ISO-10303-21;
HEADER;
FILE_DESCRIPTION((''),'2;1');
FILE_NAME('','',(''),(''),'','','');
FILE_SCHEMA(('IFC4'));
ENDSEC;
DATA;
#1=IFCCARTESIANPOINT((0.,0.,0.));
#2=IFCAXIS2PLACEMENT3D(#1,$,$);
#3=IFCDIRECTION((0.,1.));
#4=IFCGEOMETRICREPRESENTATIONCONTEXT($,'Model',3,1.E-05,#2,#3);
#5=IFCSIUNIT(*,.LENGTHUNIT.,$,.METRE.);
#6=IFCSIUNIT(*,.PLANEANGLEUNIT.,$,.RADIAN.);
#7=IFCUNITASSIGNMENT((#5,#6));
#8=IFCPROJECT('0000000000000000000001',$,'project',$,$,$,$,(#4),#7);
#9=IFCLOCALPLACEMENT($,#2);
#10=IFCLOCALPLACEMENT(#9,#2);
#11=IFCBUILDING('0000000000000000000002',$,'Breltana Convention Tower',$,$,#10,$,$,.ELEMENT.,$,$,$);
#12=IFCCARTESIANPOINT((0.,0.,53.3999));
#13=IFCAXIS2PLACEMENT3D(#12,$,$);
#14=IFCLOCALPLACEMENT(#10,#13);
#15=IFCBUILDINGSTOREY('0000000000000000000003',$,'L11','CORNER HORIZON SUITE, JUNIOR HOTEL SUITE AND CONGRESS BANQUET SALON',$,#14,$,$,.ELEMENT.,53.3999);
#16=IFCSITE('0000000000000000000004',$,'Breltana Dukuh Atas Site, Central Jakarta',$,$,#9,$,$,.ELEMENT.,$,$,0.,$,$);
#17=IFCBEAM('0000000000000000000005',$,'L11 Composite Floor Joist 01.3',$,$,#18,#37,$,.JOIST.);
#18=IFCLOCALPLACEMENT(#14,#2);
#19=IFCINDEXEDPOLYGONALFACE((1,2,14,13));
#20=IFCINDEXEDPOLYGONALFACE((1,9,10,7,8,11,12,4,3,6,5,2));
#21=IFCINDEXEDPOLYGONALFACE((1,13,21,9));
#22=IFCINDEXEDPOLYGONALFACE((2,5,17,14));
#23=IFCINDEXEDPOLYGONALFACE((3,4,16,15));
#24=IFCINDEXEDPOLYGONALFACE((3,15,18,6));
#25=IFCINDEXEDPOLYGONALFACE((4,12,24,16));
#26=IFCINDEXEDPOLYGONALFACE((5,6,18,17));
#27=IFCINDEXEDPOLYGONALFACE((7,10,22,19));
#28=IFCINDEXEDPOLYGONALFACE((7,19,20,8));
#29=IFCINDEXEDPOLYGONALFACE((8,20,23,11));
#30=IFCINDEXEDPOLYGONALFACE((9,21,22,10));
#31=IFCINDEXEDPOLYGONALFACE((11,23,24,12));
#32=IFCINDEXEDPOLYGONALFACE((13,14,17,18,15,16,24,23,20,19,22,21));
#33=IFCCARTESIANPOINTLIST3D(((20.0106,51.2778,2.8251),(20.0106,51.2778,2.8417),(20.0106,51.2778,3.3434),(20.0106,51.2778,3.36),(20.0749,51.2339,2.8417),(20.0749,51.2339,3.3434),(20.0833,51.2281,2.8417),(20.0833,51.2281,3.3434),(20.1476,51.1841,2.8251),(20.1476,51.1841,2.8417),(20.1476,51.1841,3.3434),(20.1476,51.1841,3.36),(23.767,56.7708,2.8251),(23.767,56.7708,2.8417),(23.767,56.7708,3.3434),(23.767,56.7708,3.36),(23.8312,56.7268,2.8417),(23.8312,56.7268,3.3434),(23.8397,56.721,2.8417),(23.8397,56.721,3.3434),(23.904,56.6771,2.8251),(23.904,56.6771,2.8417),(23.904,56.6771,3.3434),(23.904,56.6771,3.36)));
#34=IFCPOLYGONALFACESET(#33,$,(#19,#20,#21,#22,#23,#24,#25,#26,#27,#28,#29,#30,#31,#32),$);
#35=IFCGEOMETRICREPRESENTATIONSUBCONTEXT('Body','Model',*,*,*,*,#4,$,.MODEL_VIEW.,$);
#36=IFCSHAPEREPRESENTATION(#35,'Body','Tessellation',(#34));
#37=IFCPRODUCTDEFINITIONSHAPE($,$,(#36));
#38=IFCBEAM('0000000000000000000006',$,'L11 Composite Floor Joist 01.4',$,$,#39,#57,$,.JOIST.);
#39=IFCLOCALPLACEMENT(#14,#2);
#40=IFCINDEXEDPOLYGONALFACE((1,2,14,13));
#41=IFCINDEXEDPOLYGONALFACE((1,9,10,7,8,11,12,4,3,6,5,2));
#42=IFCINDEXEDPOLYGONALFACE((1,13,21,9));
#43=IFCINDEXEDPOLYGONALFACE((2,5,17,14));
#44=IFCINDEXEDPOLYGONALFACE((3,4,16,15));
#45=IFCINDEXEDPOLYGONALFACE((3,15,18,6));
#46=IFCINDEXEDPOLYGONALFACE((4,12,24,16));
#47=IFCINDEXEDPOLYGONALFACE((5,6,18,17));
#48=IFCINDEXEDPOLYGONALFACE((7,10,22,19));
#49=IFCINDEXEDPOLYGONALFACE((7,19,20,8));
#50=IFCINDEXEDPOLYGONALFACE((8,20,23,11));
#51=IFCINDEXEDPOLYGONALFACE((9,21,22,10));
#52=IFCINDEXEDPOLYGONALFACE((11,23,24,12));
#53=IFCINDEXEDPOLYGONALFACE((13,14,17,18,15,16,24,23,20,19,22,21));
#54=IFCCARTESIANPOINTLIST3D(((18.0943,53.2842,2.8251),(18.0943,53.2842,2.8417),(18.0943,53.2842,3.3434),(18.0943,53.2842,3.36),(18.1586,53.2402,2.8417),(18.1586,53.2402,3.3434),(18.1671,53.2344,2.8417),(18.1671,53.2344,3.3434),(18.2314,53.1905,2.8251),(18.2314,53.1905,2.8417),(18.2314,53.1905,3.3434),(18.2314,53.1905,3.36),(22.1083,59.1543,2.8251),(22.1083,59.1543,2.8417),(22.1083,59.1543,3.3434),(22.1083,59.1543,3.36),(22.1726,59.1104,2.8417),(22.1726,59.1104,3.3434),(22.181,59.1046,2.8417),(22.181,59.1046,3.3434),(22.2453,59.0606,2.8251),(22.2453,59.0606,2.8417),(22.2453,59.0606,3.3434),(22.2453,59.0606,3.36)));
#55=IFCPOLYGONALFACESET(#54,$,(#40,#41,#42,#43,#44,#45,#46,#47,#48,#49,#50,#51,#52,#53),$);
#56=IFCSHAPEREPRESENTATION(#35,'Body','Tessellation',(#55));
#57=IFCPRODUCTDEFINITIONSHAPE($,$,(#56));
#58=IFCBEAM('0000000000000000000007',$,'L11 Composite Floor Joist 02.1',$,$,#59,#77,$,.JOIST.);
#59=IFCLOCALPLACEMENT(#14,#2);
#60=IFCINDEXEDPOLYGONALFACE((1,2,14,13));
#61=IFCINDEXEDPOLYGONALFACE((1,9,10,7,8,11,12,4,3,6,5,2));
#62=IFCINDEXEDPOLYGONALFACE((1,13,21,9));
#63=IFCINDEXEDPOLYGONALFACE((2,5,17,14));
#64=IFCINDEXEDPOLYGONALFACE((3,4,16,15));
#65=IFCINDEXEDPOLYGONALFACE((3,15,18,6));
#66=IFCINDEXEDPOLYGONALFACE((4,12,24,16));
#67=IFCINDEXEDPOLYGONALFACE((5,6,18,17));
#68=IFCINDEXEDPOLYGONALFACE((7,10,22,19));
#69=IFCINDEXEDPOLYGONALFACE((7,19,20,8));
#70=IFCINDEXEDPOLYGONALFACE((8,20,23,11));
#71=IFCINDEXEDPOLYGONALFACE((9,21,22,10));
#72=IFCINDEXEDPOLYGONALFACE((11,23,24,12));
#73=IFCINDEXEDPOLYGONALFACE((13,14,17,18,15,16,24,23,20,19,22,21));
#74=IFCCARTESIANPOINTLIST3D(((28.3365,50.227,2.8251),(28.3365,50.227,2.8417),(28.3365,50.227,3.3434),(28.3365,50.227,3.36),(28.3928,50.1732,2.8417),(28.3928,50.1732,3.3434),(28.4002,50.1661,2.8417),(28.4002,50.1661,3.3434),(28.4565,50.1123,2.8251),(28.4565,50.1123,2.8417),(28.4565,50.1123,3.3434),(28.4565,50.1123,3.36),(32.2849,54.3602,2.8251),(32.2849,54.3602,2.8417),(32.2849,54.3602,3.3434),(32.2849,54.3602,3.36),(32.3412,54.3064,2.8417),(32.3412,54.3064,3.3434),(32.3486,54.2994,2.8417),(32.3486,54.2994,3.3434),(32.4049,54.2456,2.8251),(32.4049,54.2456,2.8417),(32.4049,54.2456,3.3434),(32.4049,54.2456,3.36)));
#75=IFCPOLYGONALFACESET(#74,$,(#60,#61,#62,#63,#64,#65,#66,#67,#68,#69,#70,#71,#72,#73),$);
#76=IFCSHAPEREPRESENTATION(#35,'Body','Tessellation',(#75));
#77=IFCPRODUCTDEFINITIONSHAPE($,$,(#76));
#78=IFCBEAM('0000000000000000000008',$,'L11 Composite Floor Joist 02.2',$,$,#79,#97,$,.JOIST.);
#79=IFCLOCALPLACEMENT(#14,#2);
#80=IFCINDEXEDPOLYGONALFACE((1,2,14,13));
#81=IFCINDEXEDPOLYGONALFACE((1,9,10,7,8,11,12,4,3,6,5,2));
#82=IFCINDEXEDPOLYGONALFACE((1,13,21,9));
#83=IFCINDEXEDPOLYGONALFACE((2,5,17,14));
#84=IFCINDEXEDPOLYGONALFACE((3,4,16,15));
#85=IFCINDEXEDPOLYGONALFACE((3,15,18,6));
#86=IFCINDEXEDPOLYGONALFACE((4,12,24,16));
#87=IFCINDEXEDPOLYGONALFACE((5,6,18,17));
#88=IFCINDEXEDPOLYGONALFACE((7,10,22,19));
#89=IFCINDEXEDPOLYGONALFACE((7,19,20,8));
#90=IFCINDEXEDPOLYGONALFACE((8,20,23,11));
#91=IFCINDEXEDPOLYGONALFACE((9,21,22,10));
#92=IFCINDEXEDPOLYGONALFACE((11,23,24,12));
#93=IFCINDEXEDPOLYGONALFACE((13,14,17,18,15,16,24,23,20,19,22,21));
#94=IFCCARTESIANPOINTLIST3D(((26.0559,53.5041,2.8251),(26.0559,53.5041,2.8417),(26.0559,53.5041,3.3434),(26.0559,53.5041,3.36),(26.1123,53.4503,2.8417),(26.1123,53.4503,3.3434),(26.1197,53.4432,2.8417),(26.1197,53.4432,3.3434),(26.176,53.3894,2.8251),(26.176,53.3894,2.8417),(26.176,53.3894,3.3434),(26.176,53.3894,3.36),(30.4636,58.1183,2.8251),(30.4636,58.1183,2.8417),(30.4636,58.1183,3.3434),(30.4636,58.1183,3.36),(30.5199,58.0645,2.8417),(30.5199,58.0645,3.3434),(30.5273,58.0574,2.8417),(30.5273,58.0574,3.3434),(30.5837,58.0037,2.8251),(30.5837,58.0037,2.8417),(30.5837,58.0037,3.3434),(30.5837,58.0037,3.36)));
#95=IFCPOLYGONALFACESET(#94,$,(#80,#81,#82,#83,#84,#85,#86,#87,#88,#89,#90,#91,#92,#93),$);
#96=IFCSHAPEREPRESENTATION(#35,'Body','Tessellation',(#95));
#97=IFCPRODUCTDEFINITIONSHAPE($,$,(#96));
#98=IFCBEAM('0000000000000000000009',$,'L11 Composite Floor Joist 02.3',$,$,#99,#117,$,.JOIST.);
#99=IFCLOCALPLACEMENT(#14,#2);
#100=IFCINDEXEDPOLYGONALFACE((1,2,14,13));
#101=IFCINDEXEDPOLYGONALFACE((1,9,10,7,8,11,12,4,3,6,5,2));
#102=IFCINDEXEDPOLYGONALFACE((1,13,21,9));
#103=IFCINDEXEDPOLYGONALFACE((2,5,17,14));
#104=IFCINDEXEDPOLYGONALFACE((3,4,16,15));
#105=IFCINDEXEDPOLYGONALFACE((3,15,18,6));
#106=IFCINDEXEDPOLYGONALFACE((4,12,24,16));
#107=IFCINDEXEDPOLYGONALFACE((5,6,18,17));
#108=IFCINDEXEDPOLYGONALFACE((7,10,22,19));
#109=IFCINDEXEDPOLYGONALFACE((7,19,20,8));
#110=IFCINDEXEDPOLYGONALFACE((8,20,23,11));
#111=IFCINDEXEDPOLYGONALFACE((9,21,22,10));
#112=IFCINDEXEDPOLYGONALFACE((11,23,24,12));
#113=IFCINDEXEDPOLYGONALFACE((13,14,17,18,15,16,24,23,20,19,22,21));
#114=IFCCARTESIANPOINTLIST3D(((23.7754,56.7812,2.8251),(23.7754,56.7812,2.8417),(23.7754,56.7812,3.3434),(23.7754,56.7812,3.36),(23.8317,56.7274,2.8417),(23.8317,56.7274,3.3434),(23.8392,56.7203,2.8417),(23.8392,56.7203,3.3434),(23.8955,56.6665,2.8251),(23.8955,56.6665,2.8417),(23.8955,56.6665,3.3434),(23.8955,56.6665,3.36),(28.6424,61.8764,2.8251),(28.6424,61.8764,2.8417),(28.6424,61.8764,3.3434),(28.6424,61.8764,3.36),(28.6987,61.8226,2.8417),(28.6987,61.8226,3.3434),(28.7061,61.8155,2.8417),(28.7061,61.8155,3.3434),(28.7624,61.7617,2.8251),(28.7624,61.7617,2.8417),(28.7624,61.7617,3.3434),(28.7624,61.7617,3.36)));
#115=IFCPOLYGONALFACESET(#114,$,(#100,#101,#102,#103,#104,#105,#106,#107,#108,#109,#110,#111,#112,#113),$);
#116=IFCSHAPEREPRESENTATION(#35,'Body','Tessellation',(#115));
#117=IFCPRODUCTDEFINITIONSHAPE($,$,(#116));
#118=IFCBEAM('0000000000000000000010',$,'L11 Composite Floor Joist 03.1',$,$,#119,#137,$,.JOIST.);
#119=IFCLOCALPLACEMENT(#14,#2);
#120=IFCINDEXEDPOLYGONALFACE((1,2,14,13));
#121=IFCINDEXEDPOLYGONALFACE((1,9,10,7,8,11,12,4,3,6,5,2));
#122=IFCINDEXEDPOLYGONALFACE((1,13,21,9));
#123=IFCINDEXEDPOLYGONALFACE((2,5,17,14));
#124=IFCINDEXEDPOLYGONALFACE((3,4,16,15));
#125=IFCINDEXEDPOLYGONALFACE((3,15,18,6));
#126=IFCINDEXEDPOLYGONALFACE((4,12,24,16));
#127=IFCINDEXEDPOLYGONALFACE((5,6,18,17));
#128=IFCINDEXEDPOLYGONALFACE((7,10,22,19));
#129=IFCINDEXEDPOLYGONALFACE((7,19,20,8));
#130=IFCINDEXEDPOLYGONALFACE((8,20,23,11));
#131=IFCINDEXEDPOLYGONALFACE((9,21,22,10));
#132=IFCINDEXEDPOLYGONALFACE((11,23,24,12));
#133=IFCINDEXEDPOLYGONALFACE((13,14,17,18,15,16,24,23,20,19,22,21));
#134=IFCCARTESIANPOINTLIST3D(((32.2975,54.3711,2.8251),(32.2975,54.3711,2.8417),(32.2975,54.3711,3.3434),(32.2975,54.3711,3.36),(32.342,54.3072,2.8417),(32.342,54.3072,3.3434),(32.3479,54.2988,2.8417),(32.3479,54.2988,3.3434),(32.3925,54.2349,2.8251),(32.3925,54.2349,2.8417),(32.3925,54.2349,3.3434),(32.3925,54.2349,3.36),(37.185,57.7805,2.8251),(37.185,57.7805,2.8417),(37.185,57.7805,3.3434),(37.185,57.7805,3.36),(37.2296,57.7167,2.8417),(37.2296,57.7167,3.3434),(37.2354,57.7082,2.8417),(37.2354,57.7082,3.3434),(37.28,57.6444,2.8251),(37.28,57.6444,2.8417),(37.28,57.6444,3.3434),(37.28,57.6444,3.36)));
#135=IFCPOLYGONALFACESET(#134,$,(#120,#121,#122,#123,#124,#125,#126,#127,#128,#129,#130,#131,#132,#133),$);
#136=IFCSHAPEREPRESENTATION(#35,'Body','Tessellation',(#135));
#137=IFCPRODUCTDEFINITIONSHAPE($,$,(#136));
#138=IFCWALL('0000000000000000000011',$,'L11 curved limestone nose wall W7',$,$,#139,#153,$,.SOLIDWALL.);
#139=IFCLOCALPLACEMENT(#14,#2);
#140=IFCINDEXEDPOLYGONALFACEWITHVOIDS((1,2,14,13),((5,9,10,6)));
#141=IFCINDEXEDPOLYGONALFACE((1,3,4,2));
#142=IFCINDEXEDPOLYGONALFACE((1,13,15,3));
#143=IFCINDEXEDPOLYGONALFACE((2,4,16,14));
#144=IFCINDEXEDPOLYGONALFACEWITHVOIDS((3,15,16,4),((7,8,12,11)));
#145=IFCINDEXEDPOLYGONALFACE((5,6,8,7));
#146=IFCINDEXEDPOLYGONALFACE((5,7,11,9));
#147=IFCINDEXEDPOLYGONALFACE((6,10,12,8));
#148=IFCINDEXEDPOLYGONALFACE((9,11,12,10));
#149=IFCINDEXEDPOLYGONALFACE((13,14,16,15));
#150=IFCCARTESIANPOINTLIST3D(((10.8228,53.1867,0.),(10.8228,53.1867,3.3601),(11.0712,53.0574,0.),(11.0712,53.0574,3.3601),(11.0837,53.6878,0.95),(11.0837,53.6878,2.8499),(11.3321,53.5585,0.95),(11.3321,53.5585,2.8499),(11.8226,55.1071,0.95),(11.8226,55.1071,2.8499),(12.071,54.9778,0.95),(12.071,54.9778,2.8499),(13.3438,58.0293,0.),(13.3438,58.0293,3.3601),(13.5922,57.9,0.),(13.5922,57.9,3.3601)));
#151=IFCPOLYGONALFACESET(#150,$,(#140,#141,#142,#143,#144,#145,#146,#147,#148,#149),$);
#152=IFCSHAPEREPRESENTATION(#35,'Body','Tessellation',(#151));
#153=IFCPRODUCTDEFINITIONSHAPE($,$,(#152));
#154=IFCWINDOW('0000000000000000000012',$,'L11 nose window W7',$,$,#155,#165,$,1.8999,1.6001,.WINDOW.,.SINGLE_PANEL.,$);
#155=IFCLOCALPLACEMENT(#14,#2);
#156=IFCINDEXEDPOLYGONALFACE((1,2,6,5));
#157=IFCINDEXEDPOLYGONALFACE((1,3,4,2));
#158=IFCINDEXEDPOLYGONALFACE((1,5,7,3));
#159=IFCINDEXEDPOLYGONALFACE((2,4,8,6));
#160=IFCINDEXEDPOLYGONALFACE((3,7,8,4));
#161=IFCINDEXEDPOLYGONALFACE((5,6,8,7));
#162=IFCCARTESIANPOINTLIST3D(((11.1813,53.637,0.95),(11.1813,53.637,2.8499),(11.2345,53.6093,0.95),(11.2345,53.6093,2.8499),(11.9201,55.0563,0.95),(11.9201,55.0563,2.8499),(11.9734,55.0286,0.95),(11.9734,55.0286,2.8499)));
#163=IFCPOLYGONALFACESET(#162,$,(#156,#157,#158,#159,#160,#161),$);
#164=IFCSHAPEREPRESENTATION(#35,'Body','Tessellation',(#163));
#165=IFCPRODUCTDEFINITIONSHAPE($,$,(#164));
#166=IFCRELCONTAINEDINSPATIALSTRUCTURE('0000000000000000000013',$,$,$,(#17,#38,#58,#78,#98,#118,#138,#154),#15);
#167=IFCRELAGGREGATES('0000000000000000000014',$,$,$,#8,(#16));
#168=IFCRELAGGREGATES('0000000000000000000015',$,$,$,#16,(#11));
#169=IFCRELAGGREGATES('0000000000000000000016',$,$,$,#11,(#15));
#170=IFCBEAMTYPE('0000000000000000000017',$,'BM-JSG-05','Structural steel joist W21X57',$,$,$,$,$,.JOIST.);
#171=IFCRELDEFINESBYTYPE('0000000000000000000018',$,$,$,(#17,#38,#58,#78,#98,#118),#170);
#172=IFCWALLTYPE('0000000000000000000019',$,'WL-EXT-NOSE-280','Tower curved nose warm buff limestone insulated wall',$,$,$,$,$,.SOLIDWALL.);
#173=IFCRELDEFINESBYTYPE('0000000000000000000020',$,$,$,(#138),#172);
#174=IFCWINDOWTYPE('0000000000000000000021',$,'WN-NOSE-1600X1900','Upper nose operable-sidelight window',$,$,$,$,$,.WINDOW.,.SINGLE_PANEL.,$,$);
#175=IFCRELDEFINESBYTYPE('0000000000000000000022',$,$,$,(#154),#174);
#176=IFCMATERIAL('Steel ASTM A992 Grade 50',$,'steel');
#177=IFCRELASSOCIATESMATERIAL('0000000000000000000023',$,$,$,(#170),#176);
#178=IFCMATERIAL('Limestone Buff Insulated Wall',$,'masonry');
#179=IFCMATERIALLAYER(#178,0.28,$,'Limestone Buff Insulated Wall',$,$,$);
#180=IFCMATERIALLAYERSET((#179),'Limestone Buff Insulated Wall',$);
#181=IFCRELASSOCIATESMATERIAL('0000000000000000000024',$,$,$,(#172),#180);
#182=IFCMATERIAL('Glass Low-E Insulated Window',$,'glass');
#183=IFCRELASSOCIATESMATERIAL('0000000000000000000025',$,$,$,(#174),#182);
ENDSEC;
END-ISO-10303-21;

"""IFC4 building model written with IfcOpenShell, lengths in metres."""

from ifc_helpers import new_model, si_unit, direction, frame, frame_2d, origin, origin_2d, place, context, subcontext, project, spatial, rectangle, i_section, extrude, source, transform, mapped, material, layer, layer_set, material_profile, profile_set, type_object, type_shapes, element, fill, save


model = new_model("IFC4")

# Units and contexts
model_context = context("Model", 3, precision=1e-05, world=origin(), true_north=direction((0.0, 1.0)))
body_context = subcontext(model_context, "Body", "Model", "MODEL_VIEW")
ifc_project = project(units=[si_unit("LENGTHUNIT", "METRE"), si_unit("PLANEANGLEUNIT", "RADIAN")], contexts=[model_context])

# Site, building, storey
site_placement = place(None, origin())
site = spatial("IfcSite", under=ifc_project, at=site_placement, Name="Breltana Dukuh Atas Site, Central Jakarta", CompositionType="ELEMENT", RefElevation=0.0)
building_placement = place(site_placement, origin())
building = spatial("IfcBuilding", under=site, at=building_placement, Name="Breltana Convention Tower", CompositionType="ELEMENT")
storey_placement = place(building_placement, frame((0.0, 0.0, 53.3999)))
storey = spatial("IfcBuildingStorey", under=building, at=storey_placement, Name="L11", Description="CORNER HORIZON SUITE, JUNIOR HOTEL SUITE AND CONGRESS BANQUET SALON", CompositionType="ELEMENT", Elevation=53.3999)

# Beams
ifc_material_1 = material(Name="Steel ASTM A992 Grade 50", Category="steel")
ifc_material_profile_1 = material_profile(ifc_material_1, i_section(OverallWidth=0.166, OverallDepth=0.5349, WebThickness=0.0103, FlangeThickness=0.0166, at=origin_2d()), Name="W21X57")
ifc_profile_set_1 = profile_set([ifc_material_profile_1], Name="Steel ASTM A992 Grade 50")
beam_type_1 = type_object("IfcBeamType", Name="BM-JSG-05", Description="Structural steel joist W21X57", PredefinedType="JOIST", material=ifc_profile_set_1)
shared_shape_1 = source(origin(), body_context, "Body", "SweptSolid", [
    extrude(i_section(OverallWidth=0.166, OverallDepth=0.5349, WebThickness=0.0103, FlangeThickness=0.0166, at=origin_2d()), origin(), (0.0, 0.0, 1.0), 6.6545),
])
beam_1_placement = place(storey_placement, frame((20.0791, 51.231, 3.0925), z_axis=(0.564483, 0.825445, 0.0), x_axis=(-0.825445, 0.564483, 0.0)))
element("IfcBeam", 1, at=beam_1_placement, inside=storey, type_object=beam_type_1, Name="L11 Composite Floor Joist 01.3", PredefinedType="JOIST", context=body_context, shape_type="MappedRepresentation", body=[
    mapped(shared_shape_1, transform((0.0, 0.0, 0.0), scale=1.0)),
])
shared_shape_2 = source(origin(), body_context, "Body", "SweptSolid", [
    extrude(i_section(OverallWidth=0.166, OverallDepth=0.5349, WebThickness=0.0103, FlangeThickness=0.0166, at=origin_2d()), origin(), (0.0, 0.0, 1.0), 7.1113),
])
beam_2_placement = place(storey_placement, frame((18.1628, 53.2373, 3.0925), z_axis=(0.564446, 0.82547, 0.0), x_axis=(-0.82547, 0.564446, 0.0)))
element("IfcBeam", 2, at=beam_2_placement, inside=storey, type_object=beam_type_1, Name="L11 Composite Floor Joist 01.4", PredefinedType="JOIST", context=body_context, shape_type="MappedRepresentation", body=[
    mapped(shared_shape_2, transform((0.0, 0.0, 0.0), scale=1.0)),
])
shared_shape_3 = source(origin(), body_context, "Body", "SweptSolid", [
    extrude(i_section(OverallWidth=0.166, OverallDepth=0.5349, WebThickness=0.0103, FlangeThickness=0.0166, at=origin_2d()), origin(), (0.0, 0.0, 1.0), 5.7161),
])
beam_3_placement = place(storey_placement, frame((28.3965, 50.1697, 3.0925), z_axis=(0.690756, 0.723088, 0.0), x_axis=(-0.723088, 0.690756, 0.0)))
element("IfcBeam", 3, at=beam_3_placement, inside=storey, type_object=beam_type_1, Name="L11 Composite Floor Joist 02.1", PredefinedType="JOIST", context=body_context, shape_type="MappedRepresentation", body=[
    mapped(shared_shape_3, transform((0.0, 0.0, 0.0), scale=1.0)),
])
shared_shape_4 = source(origin(), body_context, "Body", "SweptSolid", [
    extrude(i_section(OverallWidth=0.166, OverallDepth=0.5349, WebThickness=0.0103, FlangeThickness=0.0166, at=origin_2d()), origin(), (0.0, 0.0, 1.0), 6.3811),
])
beam_4_placement = place(storey_placement, frame((26.116, 53.4468, 3.0925), z_axis=(0.690738, 0.723105, 0.0), x_axis=(-0.723105, 0.690738, 0.0)))
element("IfcBeam", 4, at=beam_4_placement, inside=storey, type_object=beam_type_1, Name="L11 Composite Floor Joist 02.2", PredefinedType="JOIST", context=body_context, shape_type="MappedRepresentation", body=[
    mapped(shared_shape_4, transform((0.0, 0.0, 0.0), scale=1.0)),
])
shared_shape_5 = source(origin(), body_context, "Body", "SweptSolid", [
    extrude(i_section(OverallWidth=0.166, OverallDepth=0.5349, WebThickness=0.0103, FlangeThickness=0.0166, at=origin_2d()), origin(), (0.0, 0.0, 1.0), 7.0461),
])
beam_5_placement = place(storey_placement, frame((23.8354, 56.7239, 3.0925), z_axis=(0.690723, 0.72312, 0.0), x_axis=(-0.72312, 0.690723, 0.0)))
element("IfcBeam", 5, at=beam_5_placement, inside=storey, type_object=beam_type_1, Name="L11 Composite Floor Joist 02.3", PredefinedType="JOIST", context=body_context, shape_type="MappedRepresentation", body=[
    mapped(shared_shape_5, transform((0.0, 0.0, 0.0), scale=1.0)),
])
shared_shape_6 = source(origin(), body_context, "Body", "SweptSolid", [
    extrude(i_section(OverallWidth=0.166, OverallDepth=0.5349, WebThickness=0.0103, FlangeThickness=0.0166, at=origin_2d()), origin(), (0.0, 0.0, 1.0), 5.9592),
])
beam_6_placement = place(storey_placement, frame((32.345, 54.303, 3.0925), z_axis=(0.82016, 0.572134, 0.0), x_axis=(-0.572134, 0.82016, 0.0)))
element("IfcBeam", 6, at=beam_6_placement, inside=storey, type_object=beam_type_1, Name="L11 Composite Floor Joist 03.1", PredefinedType="JOIST", context=body_context, shape_type="MappedRepresentation", body=[
    mapped(shared_shape_6, transform((0.0, 0.0, 0.0), scale=1.0)),
])

# Wall, opening, window
ifc_material_2 = material(Name="Limestone Buff Insulated Wall", Category="masonry")
ifc_layer_1 = layer(ifc_material_2, 0.28, Name="Limestone Buff Insulated Wall")
ifc_layer_set_1 = layer_set([ifc_layer_1], Name="Limestone Buff Insulated Wall")
wall_type_1 = type_object("IfcWallType", Name="WL-EXT-NOSE-280", Description="Tower curved nose warm buff limestone insulated wall", PredefinedType="SOLIDWALL", material=ifc_layer_set_1)
shared_shape_7 = source(origin(), body_context, "Body", "SweptSolid", [
    extrude(rectangle(XDim=5.4595, YDim=0.28, at=frame_2d((2.7297, 0.0))), origin(), (0.0, 0.0, 1.0), 3.3601),
])
wall_1_placement = place(storey_placement, frame((10.947, 53.1221, 0.0), z_axis=(0.0, 0.0, 1.0), x_axis=(0.461768, 0.887001, 0.0)))
wall_1 = element("IfcWall", 7, at=wall_1_placement, inside=storey, type_object=wall_type_1, Name="L11 curved limestone nose wall W7", PredefinedType="SOLIDWALL", context=body_context, shape_type="MappedRepresentation", body=[
    mapped(shared_shape_7, transform((0.0, 0.0, 0.0), scale=1.0)),
])
opening_1_placement = place(wall_1_placement, frame((0.5649, 0.0, 0.95)))
opening_1 = element("IfcOpeningElement", 8, at=opening_1_placement, cuts=wall_1, PredefinedType="OPENING", context=body_context, shape_type="SweptSolid", body=[
    extrude(rectangle(XDim=1.6001, YDim=1.8999, at=frame_2d((0.8, 0.95))), frame((0.0, 0.1499, 0.0), z_axis=(0.0, -1.0, 0.0), x_axis=(1.0, 0.0, 0.0)), (0.0, 0.0, 1.0), 0.3),
])
ifc_material_3 = material(Name="Glass Low-E Insulated Window", Category="glass")
window_type = type_object("IfcWindowType", Name="WN-NOSE-1600X1900", Description="Upper nose operable-sidelight window", PartitioningType="SINGLE_PANEL", PredefinedType="WINDOW", material=ifc_material_3)
shared_shape_8 = source(origin(), body_context, "Body", "SweptSolid", [
    extrude(rectangle(XDim=1.6001, YDim=1.8999, at=frame_2d((0.8, 0.95))), frame((0.0, 0.03, 0.0), z_axis=(0.0, -1.0, 0.0), x_axis=(1.0, 0.0, 0.0)), (0.0, 0.0, 1.0), 0.0601),
])
type_shapes(window_type, [shared_shape_8])
window_placement = place(opening_1_placement, origin())
window = element("IfcWindow", 9, at=window_placement, inside=storey, type_object=window_type, Name="L11 nose window W7", OverallHeight=1.8999, OverallWidth=1.6001, PartitioningType="SINGLE_PANEL", PredefinedType="WINDOW", context=body_context, shape_type="MappedRepresentation", body=[
    mapped(shared_shape_8, transform((0.0, 0.0, 0.0), scale=1.0)),
])
fill(opening_1, window)

save(model, "model.ifc")
